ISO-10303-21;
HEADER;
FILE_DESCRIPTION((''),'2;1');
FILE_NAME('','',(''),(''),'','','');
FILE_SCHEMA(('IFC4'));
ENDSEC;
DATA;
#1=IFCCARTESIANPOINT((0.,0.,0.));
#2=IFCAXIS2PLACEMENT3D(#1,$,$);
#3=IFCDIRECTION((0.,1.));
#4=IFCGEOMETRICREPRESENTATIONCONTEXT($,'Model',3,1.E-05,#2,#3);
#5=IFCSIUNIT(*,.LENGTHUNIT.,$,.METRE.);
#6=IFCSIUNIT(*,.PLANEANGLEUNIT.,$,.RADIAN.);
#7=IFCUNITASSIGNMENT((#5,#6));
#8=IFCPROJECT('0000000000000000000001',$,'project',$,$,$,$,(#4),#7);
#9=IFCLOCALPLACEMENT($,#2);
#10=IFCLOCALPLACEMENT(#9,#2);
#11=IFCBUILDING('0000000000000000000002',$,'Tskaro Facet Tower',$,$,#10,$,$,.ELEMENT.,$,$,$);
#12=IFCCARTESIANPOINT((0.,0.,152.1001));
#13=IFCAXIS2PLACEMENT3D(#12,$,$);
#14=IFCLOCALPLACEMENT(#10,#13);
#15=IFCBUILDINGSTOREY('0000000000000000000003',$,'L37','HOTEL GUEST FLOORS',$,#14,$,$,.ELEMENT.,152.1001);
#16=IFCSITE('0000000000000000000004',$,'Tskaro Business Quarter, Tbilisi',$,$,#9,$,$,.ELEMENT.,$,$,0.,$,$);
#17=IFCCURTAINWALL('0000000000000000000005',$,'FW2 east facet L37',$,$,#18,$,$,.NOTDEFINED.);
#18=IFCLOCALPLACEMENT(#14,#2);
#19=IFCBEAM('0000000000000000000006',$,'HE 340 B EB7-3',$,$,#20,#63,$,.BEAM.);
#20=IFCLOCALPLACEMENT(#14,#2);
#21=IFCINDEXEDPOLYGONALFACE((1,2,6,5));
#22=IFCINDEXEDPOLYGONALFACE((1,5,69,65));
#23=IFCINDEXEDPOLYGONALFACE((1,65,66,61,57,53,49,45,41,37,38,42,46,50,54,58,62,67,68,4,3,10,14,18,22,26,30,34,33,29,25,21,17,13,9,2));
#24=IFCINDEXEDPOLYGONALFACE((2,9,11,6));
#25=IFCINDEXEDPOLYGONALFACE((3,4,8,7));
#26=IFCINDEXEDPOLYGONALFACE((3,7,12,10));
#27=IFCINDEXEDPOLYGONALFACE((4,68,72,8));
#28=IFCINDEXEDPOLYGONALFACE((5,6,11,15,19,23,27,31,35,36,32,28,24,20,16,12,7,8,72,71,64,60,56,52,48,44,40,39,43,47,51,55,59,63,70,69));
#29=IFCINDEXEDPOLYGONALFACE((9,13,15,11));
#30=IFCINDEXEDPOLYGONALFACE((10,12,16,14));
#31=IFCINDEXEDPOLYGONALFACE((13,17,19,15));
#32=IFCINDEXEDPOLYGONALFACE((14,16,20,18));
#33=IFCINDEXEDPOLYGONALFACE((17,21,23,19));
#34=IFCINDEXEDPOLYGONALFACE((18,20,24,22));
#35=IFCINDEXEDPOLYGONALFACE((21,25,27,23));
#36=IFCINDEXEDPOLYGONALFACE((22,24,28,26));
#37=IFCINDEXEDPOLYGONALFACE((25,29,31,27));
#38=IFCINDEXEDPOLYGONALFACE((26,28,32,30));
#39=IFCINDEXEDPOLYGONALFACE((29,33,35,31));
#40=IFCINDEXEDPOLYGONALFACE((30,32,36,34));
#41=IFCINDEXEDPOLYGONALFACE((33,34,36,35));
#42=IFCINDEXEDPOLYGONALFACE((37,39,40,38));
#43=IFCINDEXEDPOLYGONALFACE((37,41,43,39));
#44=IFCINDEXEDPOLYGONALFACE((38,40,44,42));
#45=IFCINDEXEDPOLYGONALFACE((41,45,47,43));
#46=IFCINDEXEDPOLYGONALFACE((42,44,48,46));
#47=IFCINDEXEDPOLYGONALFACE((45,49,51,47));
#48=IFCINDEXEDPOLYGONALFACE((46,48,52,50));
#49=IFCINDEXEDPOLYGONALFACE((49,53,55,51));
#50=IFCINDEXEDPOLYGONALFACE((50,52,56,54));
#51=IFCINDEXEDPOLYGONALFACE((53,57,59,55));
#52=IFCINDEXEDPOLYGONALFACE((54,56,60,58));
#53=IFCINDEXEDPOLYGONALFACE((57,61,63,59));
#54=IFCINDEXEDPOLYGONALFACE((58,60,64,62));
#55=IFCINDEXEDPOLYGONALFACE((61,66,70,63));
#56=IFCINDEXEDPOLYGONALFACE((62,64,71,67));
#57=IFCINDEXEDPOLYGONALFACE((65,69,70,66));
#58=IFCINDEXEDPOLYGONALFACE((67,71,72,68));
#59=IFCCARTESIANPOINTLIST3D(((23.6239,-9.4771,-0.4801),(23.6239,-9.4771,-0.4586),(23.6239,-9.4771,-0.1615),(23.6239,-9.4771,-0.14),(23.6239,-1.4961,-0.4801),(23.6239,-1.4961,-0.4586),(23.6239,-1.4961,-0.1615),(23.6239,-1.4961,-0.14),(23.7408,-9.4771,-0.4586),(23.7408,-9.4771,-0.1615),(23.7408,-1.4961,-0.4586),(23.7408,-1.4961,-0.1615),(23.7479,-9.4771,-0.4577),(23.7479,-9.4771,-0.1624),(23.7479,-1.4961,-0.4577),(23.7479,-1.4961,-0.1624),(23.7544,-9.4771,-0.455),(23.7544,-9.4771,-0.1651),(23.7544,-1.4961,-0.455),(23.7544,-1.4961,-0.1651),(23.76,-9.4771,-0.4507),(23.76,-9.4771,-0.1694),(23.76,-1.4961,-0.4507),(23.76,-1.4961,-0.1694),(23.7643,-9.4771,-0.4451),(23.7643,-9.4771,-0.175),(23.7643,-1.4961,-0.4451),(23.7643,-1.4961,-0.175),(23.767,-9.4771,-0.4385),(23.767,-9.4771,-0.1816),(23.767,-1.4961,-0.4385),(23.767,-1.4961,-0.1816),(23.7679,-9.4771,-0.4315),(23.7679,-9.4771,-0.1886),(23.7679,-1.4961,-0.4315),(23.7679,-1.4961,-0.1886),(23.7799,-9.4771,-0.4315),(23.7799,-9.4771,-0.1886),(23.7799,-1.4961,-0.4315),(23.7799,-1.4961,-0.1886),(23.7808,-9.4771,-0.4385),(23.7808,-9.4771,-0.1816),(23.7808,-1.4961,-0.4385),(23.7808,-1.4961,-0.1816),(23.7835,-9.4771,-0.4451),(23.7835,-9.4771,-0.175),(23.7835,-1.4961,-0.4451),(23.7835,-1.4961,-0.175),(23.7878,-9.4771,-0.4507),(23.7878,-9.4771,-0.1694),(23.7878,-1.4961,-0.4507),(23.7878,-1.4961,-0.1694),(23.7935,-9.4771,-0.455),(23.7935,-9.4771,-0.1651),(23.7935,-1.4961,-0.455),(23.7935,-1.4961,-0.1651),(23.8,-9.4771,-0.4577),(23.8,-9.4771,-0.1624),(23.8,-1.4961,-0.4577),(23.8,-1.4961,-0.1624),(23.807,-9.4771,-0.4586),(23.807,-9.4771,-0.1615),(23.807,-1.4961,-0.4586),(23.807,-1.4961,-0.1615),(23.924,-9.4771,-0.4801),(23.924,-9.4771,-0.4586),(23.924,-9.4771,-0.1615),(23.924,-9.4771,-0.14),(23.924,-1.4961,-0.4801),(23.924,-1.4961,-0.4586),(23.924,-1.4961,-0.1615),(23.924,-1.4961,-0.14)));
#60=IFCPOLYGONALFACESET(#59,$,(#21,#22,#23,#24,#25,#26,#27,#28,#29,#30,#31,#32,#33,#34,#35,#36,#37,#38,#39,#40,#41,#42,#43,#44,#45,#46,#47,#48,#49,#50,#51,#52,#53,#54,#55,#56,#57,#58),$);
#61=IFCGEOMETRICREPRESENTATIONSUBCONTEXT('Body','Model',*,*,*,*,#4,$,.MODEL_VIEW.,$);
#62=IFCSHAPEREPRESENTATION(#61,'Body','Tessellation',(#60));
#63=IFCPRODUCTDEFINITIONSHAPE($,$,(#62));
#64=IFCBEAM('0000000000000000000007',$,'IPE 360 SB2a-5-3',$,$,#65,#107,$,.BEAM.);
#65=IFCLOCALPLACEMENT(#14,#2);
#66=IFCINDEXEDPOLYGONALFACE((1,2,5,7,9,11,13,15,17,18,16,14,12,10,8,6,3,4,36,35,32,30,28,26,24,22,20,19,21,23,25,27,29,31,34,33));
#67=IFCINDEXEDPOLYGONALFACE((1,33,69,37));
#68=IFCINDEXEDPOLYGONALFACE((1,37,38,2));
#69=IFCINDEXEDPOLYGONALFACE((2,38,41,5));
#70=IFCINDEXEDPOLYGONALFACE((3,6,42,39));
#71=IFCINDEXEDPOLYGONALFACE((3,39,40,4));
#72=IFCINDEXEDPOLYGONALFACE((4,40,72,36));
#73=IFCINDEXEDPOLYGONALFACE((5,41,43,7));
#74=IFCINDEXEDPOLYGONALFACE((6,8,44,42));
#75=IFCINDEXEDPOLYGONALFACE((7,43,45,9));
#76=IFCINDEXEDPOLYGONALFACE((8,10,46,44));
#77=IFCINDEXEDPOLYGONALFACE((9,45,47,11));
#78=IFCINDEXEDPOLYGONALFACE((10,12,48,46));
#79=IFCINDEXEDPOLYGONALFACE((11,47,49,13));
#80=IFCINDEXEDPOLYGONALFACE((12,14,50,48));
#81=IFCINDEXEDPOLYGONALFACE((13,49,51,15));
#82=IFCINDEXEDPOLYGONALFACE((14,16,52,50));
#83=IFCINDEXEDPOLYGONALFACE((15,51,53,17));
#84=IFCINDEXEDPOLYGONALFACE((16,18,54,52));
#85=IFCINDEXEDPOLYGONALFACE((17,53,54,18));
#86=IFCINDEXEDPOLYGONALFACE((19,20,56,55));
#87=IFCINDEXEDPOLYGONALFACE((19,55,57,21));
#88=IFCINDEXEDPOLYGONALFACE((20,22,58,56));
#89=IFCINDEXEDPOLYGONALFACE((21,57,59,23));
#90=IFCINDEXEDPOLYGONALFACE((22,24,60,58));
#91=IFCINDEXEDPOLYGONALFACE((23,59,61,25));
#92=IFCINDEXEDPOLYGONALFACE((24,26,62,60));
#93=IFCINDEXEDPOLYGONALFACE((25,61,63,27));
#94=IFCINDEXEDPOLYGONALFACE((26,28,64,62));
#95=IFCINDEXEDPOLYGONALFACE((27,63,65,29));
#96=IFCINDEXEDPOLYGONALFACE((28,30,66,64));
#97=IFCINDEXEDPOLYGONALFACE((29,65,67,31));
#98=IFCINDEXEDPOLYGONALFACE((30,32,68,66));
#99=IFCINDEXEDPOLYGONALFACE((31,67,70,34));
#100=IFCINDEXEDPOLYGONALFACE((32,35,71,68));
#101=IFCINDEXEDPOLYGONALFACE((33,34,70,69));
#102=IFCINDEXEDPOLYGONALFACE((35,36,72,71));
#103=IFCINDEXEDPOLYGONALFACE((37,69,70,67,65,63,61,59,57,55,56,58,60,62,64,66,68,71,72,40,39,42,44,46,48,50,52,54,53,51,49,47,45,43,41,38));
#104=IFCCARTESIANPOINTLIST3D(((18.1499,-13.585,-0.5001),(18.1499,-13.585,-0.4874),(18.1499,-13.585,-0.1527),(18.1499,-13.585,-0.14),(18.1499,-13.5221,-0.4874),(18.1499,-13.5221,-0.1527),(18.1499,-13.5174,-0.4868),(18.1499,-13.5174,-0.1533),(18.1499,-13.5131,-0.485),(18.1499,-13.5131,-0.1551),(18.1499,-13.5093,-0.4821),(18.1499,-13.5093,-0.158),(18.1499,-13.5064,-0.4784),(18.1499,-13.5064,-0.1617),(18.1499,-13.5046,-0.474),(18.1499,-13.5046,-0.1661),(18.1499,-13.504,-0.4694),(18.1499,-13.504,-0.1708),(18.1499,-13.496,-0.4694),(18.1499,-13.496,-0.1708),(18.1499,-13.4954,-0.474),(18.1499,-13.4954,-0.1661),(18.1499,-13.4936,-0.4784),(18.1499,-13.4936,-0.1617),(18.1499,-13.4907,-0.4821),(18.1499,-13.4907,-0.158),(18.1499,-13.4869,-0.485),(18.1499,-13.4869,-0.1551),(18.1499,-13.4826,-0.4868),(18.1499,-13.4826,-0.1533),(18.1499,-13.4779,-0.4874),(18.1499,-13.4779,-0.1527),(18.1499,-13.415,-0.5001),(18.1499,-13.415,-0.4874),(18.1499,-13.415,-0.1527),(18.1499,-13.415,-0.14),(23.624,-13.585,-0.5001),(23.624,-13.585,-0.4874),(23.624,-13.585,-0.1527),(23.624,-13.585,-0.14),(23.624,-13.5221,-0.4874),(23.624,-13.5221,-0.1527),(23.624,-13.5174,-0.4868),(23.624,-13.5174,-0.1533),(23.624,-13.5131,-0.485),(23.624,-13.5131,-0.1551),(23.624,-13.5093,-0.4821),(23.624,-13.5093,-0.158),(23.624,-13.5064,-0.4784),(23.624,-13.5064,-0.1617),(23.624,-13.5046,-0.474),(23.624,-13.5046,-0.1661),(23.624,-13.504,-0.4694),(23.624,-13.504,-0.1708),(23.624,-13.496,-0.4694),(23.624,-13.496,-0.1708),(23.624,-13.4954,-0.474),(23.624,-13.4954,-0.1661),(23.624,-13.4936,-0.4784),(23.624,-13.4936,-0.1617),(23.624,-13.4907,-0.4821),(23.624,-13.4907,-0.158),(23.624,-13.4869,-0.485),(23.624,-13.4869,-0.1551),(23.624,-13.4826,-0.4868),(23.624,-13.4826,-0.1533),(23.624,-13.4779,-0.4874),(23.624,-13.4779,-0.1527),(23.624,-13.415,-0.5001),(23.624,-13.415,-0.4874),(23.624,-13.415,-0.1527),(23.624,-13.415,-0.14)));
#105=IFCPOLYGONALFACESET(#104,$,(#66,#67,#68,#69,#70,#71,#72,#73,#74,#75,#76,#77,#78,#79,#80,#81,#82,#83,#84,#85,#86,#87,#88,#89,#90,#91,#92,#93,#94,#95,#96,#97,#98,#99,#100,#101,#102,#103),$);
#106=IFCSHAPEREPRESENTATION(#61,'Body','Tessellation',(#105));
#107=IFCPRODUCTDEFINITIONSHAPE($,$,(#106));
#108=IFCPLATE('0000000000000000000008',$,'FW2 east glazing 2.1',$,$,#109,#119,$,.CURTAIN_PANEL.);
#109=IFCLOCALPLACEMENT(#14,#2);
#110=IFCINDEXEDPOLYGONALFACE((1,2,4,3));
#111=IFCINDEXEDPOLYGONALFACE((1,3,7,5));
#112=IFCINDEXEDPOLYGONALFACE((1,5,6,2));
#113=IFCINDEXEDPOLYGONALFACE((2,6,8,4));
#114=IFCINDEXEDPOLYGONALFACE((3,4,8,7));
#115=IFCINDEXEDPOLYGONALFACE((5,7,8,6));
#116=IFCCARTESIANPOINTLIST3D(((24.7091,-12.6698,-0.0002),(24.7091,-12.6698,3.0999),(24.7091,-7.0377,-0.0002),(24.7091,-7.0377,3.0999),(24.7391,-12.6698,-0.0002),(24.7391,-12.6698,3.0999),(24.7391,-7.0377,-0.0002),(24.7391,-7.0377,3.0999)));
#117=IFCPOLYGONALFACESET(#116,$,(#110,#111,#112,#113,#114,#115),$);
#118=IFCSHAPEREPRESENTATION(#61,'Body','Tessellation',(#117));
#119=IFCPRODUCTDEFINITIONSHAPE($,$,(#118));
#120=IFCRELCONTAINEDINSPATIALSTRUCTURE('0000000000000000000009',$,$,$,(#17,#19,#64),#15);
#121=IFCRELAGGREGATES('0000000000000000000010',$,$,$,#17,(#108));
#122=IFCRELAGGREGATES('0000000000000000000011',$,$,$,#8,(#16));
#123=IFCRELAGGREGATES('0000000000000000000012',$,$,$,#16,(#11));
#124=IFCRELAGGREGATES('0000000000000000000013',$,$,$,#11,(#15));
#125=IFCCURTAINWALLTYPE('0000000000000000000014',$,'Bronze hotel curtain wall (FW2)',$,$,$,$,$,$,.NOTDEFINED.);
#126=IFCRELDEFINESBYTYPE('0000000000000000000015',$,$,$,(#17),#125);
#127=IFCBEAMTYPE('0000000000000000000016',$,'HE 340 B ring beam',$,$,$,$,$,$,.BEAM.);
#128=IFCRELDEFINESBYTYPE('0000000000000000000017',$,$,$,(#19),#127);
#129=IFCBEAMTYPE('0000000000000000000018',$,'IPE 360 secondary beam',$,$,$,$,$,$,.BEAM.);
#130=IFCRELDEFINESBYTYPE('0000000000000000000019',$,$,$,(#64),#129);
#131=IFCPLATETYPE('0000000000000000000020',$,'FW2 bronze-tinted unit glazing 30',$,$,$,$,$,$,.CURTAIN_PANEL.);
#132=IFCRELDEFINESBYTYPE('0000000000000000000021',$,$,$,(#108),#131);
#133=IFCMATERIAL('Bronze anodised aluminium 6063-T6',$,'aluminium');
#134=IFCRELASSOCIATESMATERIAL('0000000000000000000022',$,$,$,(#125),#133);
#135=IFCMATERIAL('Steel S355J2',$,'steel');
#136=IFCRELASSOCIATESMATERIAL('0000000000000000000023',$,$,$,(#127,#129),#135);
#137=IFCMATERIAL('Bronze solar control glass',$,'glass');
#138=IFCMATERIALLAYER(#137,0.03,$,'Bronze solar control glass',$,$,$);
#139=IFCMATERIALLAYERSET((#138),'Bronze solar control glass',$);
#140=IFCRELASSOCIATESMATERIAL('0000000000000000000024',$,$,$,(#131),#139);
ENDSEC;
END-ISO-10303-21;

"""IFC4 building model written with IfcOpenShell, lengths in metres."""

from ifc_helpers import new_model, si_unit, direction, frame, origin, origin_2d, place, context, subcontext, project, spatial, rectangle, i_section, extrude, material, layer, layer_set, material_profile, profile_set, type_object, element, aggregate, save


model = new_model("IFC4")

# Units and contexts
model_context = context("Model", 3, precision=1e-05, world=origin(), true_north=direction((0.0, 1.0)))
body_context = subcontext(model_context, "Body", "Model", "MODEL_VIEW")
ifc_project = project(units=[si_unit("LENGTHUNIT", "METRE"), si_unit("PLANEANGLEUNIT", "RADIAN")], contexts=[model_context])

# Site, building, storey
site_placement = place(None, origin())
site = spatial("IfcSite", under=ifc_project, at=site_placement, Name="Tskaro Business Quarter, Tbilisi", CompositionType="ELEMENT", RefElevation=0.0)
building_placement = place(site_placement, origin())
building = spatial("IfcBuilding", under=site, at=building_placement, Name="Tskaro Facet Tower", CompositionType="ELEMENT")
storey_placement = place(building_placement, frame((0.0, 0.0, 152.1001)))
storey = spatial("IfcBuildingStorey", under=building, at=storey_placement, Name="L37", Description="HOTEL GUEST FLOORS", CompositionType="ELEMENT", Elevation=152.1001)

# Curtain wall
ifc_material_1 = material(Name="Bronze anodised aluminium 6063-T6", Category="aluminium")
curtain_wall_type = type_object("IfcCurtainWallType", Name="Bronze hotel curtain wall (FW2)", PredefinedType="NOTDEFINED", material=ifc_material_1)
curtain_wall_placement = place(storey_placement, origin())
curtain_wall = element("IfcCurtainWall", 1, at=curtain_wall_placement, inside=storey, type_object=curtain_wall_type, Name="FW2 east facet L37", PredefinedType="NOTDEFINED")

# Beams
ifc_material_2 = material(Name="Steel S355J2", Category="steel")
ifc_material_profile_1 = material_profile(ifc_material_2, i_section(OverallWidth=0.3, OverallDepth=0.3401, WebThickness=0.012, FlangeThickness=0.0215, FilletRadius=0.0271, at=origin_2d()), Name="HE 340 B")
ifc_profile_set_1 = profile_set([ifc_material_profile_1], Name="Steel S355J2")
beam_type_1 = type_object("IfcBeamType", Name="HE 340 B ring beam", PredefinedType="BEAM", material=ifc_profile_set_1)
beam_1_placement = place(storey_placement, frame((23.7739, -9.4771, -0.3101), z_axis=(0.0, 1.0, 0.0), x_axis=(-1.0, 0.0, 0.0)))
element("IfcBeam", 2, at=beam_1_placement, inside=storey, type_object=beam_type_1, Name="HE 340 B EB7-3", PredefinedType="BEAM", context=body_context, shape_type="SweptSolid", body=[
    extrude(i_section(OverallWidth=0.3, OverallDepth=0.3401, WebThickness=0.012, FlangeThickness=0.0215, FilletRadius=0.0271, at=origin_2d()), origin(), (0.0, 0.0, 1.0), 7.981),
])
ifc_material_profile_2 = material_profile(ifc_material_2, i_section(OverallWidth=0.1699, OverallDepth=0.3601, WebThickness=0.0081, FlangeThickness=0.0127, FilletRadius=0.0181, at=origin_2d()), Name="IPE 360")
ifc_profile_set_2 = profile_set([ifc_material_profile_2], Name="Steel S355J2")
beam_type_2 = type_object("IfcBeamType", Name="IPE 360 secondary beam", PredefinedType="BEAM", material=ifc_profile_set_2)
beam_2_placement = place(storey_placement, frame((18.1499, -13.5, -0.3201), z_axis=(1.0, 0.0, 0.0), x_axis=(0.0, 1.0, 0.0)))
element("IfcBeam", 3, at=beam_2_placement, inside=storey, type_object=beam_type_2, Name="IPE 360 SB2a-5-3", PredefinedType="BEAM", context=body_context, shape_type="SweptSolid", body=[
    extrude(i_section(OverallWidth=0.1699, OverallDepth=0.3601, WebThickness=0.0081, FlangeThickness=0.0127, FilletRadius=0.0181, at=origin_2d()), origin(), (0.0, 0.0, 1.0), 5.4741),
])

# Plate
ifc_material_3 = material(Name="Bronze solar control glass", Category="glass")
ifc_layer_1 = layer(ifc_material_3, 0.03, Name="Bronze solar control glass")
ifc_layer_set_1 = layer_set([ifc_layer_1], Name="Bronze solar control glass")
plate_type = type_object("IfcPlateType", Name="FW2 bronze-tinted unit glazing 30", PredefinedType="CURTAIN_PANEL", material=ifc_layer_set_1)
plate_placement = place(storey_placement, frame((24.7241, -9.8538, -0.0002), z_axis=(0.0, 0.0, 1.0), x_axis=(0.0, 1.0, 0.0)))
plate = element("IfcPlate", 4, at=plate_placement, type_object=plate_type, Name="FW2 east glazing 2.1", PredefinedType="CURTAIN_PANEL", context=body_context, shape_type="SweptSolid", body=[
    extrude(rectangle(XDim=5.6321, YDim=0.03, at=origin_2d()), origin(), (0.0, 0.0, 1.0), 3.1001),
])
aggregate(curtain_wall, [plate])

save(model, "model.ifc")
